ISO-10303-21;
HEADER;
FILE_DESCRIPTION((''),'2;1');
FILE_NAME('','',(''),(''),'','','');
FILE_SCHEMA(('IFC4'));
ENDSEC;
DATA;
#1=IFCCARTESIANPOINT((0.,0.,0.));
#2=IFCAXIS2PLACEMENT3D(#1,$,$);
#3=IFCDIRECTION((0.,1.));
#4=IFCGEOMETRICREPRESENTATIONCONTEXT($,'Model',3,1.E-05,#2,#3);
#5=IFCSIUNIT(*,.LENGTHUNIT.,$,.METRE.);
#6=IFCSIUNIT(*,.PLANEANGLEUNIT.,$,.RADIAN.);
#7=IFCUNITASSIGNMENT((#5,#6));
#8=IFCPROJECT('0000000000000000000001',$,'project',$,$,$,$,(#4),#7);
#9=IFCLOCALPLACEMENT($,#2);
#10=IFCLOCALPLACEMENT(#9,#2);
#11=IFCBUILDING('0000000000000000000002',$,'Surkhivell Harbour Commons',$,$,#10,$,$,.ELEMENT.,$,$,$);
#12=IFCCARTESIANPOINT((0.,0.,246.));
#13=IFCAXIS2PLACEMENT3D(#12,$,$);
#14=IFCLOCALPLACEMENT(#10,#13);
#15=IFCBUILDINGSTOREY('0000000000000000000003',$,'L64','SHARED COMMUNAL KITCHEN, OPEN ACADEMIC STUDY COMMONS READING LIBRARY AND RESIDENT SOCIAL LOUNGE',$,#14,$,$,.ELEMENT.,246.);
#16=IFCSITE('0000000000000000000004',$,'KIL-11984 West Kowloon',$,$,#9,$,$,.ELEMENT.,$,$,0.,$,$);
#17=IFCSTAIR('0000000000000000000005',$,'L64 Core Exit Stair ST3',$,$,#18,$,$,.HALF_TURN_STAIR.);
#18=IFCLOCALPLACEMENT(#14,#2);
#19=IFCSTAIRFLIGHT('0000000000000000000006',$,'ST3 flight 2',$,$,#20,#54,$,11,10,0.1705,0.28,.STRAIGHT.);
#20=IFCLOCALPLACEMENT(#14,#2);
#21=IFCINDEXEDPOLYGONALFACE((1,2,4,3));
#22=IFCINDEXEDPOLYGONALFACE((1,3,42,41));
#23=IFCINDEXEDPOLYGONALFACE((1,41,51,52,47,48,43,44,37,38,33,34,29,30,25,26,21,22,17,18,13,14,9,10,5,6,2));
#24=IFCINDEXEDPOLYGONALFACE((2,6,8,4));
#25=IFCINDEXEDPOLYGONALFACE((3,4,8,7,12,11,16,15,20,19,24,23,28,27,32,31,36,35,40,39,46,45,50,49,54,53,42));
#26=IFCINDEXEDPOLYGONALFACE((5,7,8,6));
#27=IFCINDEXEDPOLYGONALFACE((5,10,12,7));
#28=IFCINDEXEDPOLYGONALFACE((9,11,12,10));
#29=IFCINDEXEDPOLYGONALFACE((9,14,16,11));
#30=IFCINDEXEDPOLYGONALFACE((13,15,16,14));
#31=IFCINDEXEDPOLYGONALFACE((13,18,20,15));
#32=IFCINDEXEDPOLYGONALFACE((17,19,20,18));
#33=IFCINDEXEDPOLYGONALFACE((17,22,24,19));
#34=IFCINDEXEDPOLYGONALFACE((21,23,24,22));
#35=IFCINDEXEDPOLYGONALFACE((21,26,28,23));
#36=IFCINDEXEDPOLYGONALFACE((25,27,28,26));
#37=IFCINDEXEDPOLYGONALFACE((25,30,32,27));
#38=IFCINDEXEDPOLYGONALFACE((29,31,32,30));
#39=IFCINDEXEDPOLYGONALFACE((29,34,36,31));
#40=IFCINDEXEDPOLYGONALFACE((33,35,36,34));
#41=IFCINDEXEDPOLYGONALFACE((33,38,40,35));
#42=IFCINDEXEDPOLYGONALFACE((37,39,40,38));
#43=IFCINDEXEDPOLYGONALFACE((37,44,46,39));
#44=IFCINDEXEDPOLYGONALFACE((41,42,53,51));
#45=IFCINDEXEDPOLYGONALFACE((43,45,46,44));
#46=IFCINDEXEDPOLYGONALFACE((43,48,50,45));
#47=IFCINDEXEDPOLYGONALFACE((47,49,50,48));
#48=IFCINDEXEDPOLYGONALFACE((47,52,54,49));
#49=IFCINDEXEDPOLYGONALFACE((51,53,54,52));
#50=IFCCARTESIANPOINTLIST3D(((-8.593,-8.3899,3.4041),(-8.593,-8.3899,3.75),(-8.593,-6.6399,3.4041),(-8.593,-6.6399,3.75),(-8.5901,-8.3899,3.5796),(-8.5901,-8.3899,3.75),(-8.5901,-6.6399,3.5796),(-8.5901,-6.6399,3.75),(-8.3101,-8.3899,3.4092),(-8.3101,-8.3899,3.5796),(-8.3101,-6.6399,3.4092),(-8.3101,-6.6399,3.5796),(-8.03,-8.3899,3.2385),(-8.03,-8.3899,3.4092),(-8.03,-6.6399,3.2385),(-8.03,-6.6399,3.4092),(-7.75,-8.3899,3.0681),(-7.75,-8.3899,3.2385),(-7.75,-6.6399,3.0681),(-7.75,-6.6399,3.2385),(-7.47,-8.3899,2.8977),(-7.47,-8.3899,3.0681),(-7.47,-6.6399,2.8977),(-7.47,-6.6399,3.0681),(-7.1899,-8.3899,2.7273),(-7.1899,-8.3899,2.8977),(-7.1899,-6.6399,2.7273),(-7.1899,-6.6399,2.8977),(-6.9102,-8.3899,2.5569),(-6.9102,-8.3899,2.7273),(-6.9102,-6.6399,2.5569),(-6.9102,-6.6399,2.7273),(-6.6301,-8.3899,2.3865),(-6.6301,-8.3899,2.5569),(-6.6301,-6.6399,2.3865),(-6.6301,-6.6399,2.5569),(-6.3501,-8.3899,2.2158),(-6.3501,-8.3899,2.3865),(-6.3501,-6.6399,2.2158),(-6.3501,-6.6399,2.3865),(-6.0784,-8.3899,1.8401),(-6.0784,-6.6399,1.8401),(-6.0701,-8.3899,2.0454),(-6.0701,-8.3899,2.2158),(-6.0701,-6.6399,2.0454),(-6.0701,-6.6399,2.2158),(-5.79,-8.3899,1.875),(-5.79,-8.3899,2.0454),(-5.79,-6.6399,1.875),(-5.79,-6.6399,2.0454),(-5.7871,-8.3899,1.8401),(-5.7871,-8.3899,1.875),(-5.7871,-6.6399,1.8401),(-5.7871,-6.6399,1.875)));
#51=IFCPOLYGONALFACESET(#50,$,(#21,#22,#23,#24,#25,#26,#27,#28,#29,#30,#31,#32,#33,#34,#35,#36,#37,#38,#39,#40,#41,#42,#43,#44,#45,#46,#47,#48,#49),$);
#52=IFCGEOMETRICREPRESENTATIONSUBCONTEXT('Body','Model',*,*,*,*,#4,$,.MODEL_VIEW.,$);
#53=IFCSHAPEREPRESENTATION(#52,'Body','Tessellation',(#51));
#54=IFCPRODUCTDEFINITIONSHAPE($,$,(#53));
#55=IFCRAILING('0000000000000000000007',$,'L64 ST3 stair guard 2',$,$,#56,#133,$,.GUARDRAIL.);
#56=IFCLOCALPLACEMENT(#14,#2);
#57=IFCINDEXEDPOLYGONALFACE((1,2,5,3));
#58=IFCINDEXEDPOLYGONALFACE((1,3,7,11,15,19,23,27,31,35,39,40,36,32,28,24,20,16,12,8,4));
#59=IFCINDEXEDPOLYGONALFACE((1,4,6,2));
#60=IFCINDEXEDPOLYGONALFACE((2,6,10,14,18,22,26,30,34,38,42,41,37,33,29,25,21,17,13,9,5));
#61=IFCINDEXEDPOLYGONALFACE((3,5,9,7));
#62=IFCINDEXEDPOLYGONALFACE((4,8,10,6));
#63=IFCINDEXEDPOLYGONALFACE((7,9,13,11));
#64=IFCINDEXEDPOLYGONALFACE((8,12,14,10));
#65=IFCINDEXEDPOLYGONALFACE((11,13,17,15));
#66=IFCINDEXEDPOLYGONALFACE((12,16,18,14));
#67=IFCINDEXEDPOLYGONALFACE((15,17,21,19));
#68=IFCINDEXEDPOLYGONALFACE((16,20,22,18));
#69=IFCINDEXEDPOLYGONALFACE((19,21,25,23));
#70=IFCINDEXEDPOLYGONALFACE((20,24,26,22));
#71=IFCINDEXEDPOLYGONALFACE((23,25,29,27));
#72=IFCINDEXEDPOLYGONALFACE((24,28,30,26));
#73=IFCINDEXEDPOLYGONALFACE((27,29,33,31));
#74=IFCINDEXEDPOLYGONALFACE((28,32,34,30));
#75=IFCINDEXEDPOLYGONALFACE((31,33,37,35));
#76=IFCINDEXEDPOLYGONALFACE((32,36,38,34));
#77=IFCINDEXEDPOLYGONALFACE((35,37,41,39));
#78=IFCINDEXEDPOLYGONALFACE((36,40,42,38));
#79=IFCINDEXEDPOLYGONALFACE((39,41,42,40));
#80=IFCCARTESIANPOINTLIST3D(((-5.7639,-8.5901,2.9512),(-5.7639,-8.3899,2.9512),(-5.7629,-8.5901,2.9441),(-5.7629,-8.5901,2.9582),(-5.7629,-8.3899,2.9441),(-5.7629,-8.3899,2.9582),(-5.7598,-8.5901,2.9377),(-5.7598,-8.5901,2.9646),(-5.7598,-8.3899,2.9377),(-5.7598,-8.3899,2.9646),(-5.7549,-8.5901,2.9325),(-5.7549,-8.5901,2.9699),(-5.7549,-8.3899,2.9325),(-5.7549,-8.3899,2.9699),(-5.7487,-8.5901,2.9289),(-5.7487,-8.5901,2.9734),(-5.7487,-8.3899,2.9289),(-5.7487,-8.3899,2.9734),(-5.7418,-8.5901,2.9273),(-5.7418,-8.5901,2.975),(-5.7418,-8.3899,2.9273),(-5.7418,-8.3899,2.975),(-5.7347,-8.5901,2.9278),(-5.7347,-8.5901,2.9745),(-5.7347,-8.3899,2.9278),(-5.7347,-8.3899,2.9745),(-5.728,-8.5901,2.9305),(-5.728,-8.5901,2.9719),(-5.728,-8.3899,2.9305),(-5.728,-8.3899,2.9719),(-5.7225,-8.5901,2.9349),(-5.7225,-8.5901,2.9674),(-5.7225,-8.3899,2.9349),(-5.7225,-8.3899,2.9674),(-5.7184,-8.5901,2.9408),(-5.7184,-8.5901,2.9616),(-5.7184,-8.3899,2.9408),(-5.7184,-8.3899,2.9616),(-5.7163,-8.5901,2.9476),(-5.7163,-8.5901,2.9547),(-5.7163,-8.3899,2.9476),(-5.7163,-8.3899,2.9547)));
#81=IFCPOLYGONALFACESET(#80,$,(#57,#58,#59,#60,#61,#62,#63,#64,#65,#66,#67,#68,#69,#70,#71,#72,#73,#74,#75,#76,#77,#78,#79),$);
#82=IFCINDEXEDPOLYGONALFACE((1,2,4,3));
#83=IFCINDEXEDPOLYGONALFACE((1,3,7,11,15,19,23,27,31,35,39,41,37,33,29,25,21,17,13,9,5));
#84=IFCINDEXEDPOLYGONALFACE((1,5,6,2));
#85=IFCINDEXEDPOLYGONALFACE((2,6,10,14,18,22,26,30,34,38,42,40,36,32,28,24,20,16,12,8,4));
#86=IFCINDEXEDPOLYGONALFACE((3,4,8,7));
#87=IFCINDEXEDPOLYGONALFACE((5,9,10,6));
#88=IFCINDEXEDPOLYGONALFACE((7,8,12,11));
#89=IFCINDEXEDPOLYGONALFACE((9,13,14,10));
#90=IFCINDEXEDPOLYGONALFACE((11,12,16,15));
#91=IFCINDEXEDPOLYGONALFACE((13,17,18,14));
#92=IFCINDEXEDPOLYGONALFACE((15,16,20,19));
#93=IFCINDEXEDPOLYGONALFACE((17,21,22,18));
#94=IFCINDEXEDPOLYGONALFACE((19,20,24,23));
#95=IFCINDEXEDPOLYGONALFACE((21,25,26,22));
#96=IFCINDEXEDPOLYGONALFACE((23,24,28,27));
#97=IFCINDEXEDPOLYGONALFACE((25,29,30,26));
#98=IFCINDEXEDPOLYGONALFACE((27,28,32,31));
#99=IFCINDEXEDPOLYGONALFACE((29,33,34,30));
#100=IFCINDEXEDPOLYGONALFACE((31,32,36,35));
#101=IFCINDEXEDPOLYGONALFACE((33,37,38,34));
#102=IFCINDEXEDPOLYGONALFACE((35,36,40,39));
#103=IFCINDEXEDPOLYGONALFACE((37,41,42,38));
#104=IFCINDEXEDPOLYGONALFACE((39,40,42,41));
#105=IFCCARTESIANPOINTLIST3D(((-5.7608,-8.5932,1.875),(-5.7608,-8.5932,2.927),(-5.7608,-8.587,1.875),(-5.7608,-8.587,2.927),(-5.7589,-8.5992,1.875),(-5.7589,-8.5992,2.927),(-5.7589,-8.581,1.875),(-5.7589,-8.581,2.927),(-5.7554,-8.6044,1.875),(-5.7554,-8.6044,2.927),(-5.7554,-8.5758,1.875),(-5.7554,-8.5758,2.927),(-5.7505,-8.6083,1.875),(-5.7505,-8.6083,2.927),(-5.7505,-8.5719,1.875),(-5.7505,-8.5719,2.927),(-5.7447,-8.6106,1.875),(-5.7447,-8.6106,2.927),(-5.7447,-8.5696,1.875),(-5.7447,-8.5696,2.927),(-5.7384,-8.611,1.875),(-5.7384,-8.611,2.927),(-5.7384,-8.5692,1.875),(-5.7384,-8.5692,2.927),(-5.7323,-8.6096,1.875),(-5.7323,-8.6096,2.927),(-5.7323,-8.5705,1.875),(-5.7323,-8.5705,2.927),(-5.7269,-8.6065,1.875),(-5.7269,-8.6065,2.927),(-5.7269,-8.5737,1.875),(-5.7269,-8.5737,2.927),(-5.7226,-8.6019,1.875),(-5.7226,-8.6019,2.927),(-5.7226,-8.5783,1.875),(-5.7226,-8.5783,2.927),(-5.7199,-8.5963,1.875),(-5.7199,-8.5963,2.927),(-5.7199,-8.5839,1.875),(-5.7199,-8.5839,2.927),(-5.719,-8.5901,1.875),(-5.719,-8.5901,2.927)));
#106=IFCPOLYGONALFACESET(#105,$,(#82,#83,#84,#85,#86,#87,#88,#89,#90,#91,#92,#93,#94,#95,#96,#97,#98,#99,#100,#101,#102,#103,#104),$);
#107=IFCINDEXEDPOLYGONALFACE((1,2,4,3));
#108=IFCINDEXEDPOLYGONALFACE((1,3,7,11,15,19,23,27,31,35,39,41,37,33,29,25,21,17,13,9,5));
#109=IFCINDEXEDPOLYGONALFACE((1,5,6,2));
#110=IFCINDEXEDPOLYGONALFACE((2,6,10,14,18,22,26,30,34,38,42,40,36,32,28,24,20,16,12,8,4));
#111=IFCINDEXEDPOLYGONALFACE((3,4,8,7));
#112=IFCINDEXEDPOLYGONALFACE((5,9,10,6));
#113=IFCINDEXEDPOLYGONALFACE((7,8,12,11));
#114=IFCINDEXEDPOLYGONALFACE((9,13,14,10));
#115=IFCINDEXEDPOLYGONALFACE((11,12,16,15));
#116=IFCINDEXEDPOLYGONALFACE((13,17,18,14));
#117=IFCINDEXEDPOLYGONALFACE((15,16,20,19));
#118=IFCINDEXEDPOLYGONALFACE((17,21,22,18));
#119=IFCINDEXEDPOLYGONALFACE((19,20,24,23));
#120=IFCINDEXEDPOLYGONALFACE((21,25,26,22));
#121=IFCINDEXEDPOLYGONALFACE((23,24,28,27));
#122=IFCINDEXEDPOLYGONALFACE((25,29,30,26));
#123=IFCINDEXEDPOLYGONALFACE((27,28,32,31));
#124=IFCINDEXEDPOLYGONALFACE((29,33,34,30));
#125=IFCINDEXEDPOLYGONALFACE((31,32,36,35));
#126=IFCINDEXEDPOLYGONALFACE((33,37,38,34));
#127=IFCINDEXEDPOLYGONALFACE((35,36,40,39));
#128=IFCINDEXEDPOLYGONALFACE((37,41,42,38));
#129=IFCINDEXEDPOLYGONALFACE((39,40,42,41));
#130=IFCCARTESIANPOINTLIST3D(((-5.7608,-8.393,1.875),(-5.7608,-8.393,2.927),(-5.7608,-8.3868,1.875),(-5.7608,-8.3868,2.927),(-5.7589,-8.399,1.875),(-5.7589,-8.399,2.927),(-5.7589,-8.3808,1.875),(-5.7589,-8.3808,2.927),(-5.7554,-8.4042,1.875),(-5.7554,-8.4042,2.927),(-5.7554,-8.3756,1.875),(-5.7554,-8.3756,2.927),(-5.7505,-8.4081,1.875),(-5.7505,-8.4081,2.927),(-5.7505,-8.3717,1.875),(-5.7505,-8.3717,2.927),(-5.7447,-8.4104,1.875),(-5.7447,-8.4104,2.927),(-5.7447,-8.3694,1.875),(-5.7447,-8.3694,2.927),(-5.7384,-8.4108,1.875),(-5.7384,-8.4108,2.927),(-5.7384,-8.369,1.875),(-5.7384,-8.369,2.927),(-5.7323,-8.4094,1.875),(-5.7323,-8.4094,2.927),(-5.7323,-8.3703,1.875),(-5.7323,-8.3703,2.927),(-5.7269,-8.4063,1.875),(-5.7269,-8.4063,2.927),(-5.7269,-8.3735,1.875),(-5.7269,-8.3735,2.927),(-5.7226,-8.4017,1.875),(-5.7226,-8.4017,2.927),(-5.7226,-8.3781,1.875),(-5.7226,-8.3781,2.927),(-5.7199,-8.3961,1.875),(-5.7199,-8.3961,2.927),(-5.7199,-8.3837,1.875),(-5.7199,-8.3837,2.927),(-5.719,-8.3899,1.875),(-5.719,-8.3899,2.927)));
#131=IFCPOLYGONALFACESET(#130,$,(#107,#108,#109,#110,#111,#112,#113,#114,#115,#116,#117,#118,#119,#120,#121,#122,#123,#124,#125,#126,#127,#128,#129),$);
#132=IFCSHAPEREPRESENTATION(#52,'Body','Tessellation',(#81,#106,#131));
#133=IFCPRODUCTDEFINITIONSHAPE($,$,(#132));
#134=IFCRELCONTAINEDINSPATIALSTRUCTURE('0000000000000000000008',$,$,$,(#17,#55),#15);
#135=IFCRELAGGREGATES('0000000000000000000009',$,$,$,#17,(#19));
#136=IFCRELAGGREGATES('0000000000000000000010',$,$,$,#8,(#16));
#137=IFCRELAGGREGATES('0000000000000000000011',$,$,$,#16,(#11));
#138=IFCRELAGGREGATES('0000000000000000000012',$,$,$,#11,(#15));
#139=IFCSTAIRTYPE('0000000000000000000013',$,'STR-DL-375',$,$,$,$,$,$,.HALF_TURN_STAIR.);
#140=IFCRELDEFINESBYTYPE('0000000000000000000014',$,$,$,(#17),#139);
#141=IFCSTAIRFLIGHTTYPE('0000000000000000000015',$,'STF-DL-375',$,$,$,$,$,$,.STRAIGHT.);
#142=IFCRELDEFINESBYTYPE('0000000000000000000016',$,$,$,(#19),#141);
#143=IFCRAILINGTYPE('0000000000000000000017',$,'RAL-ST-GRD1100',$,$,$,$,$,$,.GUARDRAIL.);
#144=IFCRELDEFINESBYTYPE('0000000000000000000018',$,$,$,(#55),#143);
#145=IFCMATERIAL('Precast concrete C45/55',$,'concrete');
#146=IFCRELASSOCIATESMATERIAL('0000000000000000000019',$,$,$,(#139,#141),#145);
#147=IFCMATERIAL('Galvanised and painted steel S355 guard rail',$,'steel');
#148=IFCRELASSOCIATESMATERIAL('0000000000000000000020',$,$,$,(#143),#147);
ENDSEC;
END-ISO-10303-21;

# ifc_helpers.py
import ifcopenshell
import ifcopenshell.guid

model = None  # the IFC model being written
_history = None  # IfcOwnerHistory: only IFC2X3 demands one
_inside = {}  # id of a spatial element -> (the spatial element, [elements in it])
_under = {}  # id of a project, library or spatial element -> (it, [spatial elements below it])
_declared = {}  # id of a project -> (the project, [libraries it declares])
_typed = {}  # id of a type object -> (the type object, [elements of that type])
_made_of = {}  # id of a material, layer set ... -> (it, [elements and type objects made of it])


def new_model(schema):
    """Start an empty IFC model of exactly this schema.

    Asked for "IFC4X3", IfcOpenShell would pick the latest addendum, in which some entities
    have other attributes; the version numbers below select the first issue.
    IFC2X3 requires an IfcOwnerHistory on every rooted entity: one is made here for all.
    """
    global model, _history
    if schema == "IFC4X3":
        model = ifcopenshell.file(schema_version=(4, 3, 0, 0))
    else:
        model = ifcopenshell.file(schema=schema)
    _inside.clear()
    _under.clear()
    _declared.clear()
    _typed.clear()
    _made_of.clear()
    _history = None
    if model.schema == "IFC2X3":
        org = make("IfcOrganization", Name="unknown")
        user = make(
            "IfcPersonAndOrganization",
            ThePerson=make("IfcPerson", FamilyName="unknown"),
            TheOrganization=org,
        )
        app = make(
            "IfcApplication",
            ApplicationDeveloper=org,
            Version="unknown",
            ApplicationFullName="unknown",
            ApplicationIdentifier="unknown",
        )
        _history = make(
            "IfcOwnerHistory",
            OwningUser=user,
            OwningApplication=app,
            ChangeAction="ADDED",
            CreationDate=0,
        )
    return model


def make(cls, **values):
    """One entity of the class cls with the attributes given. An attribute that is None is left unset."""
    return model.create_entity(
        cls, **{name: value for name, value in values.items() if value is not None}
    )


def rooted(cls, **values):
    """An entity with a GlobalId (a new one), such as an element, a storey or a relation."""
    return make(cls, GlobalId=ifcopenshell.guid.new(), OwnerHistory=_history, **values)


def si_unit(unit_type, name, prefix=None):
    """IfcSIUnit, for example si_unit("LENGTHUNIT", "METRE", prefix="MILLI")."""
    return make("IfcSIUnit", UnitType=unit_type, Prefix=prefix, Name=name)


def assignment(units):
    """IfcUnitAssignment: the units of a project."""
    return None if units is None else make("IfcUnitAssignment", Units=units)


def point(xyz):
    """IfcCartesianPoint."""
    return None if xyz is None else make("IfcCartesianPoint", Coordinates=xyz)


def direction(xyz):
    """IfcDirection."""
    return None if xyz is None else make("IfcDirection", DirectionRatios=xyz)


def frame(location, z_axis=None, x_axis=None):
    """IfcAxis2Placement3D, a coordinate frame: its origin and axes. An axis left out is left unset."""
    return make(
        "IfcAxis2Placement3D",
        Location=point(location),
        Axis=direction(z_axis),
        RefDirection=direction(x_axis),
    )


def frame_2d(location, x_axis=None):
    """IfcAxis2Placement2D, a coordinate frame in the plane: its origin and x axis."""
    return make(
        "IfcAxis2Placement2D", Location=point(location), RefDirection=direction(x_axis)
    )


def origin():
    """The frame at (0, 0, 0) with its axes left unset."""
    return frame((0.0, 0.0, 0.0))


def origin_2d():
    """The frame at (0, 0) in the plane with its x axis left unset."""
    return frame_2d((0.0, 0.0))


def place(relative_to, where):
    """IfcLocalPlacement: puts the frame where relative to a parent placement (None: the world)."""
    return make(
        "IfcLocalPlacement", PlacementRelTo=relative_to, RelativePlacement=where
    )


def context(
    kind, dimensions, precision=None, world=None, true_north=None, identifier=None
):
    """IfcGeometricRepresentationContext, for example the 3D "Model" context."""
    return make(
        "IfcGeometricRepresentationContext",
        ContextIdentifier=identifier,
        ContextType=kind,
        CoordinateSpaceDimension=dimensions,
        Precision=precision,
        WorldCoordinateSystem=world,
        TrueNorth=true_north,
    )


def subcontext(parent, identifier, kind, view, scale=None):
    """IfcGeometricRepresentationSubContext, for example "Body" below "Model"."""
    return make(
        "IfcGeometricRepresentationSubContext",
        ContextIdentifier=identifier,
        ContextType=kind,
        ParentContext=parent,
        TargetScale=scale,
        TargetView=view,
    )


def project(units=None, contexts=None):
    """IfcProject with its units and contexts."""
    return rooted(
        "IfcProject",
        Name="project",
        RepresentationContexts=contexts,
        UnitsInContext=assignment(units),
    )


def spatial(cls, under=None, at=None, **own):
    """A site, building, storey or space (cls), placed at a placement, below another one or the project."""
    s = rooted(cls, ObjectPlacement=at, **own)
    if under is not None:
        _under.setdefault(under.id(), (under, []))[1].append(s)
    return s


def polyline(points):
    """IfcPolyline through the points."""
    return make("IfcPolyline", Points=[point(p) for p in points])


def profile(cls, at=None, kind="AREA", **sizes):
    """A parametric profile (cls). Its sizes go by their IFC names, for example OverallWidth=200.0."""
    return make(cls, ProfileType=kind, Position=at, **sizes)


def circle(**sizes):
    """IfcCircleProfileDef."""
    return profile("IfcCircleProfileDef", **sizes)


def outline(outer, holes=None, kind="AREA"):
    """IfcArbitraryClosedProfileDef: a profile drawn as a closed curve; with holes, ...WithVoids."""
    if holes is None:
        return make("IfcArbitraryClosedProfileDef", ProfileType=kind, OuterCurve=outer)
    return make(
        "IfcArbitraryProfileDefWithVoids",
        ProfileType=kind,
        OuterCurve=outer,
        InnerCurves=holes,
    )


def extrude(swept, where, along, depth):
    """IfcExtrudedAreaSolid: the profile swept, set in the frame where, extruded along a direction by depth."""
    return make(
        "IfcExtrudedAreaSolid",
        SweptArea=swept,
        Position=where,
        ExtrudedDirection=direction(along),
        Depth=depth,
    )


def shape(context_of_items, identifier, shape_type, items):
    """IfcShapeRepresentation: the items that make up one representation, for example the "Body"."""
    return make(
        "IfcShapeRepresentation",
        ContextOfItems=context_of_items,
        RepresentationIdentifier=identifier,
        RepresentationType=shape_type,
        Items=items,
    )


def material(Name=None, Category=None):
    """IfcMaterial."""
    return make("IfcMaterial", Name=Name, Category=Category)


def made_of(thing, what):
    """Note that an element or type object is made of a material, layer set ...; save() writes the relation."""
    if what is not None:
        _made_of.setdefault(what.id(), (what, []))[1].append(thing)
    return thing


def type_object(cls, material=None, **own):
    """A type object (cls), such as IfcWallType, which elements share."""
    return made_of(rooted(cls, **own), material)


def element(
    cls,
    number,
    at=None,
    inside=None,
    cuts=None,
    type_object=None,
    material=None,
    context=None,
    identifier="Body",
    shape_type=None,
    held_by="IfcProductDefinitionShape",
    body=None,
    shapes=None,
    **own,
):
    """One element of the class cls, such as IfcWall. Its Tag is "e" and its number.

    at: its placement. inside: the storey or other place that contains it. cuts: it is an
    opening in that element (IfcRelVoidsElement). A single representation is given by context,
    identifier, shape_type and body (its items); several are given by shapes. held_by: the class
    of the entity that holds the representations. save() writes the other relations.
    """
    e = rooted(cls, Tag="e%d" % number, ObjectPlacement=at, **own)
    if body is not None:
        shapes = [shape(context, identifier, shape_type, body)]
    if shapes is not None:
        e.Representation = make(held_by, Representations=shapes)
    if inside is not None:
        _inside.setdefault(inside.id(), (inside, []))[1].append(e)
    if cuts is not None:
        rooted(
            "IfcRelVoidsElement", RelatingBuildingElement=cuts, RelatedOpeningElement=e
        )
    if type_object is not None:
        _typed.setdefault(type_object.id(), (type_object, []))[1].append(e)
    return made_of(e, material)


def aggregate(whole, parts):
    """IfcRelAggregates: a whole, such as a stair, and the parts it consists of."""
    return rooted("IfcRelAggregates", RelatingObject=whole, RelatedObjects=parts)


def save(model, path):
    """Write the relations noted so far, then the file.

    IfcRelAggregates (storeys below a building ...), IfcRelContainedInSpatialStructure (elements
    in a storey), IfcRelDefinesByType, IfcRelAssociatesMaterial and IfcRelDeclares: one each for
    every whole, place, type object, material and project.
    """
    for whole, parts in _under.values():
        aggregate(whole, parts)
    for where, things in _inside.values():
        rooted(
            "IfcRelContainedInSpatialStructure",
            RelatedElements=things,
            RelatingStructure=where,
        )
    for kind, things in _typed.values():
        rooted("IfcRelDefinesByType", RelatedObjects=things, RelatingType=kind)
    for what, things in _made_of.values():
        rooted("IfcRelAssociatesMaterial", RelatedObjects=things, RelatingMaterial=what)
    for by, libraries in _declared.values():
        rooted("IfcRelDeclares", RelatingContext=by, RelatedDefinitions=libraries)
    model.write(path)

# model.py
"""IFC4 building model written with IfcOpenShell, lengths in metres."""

from ifc_helpers import new_model, si_unit, direction, frame, origin, origin_2d, place, context, subcontext, project, spatial, polyline, circle, outline, extrude, material, type_object, element, aggregate, save


model = new_model("IFC4")

# Units and contexts
model_context = context("Model", 3, precision=1e-05, world=origin(), true_north=direction((0.0, 1.0)))
body_context = subcontext(model_context, "Body", "Model", "MODEL_VIEW")
ifc_project = project(units=[si_unit("LENGTHUNIT", "METRE"), si_unit("PLANEANGLEUNIT", "RADIAN")], contexts=[model_context])

# Site, building, storey
site_placement = place(None, origin())
site = spatial("IfcSite", under=ifc_project, at=site_placement, Name="KIL-11984 West Kowloon", CompositionType="ELEMENT", RefElevation=0.0)
building_placement = place(site_placement, origin())
building = spatial("IfcBuilding", under=site, at=building_placement, Name="Surkhivell Harbour Commons", CompositionType="ELEMENT")
storey_placement = place(building_placement, frame((0.0, 0.0, 246.0)))
storey = spatial("IfcBuildingStorey", under=building, at=storey_placement, Name="L64", Description="SHARED COMMUNAL KITCHEN, OPEN ACADEMIC STUDY COMMONS READING LIBRARY AND RESIDENT SOCIAL LOUNGE", CompositionType="ELEMENT", Elevation=246.0)

# Stair, stair flight
ifc_material_1 = material(Name="Precast concrete C45/55", Category="concrete")
stair_type = type_object("IfcStairType", Name="STR-DL-375", PredefinedType="HALF_TURN_STAIR", material=ifc_material_1)
stair_placement = place(storey_placement, origin())
stair = element("IfcStair", 1, at=stair_placement, inside=storey, type_object=stair_type, Name="L64 Core Exit Stair ST3", PredefinedType="HALF_TURN_STAIR")
stair_flight_type = type_object("IfcStairFlightType", Name="STF-DL-375", PredefinedType="STRAIGHT", material=ifc_material_1)
stair_flight_placement = place(storey_placement, frame((-5.79, -7.5149, 1.875), z_axis=(0.0, 0.0, 1.0), x_axis=(-1.0, 0.0, 0.0)))
stair_flight = element("IfcStairFlight", 2, at=stair_flight_placement, type_object=stair_flight_type, Name="ST3 flight 2", NumberOfRisers=11, NumberOfTreads=10, PredefinedType="STRAIGHT", RiserHeight=0.1705, TreadLength=0.28, context=body_context, shape_type="SweptSolid", body=[
    extrude(outline(polyline([(-0.0029, -0.0349), (-0.0029, 0.0), (0.0, 0.0), (0.0, 0.1704), (0.28, 0.1704), (0.28, 0.3408), (0.5601, 0.3408), (0.5601, 0.5115), (0.8401, 0.5115), (0.8401, 0.6819), (1.1201, 0.6819), (1.1201, 0.8523), (1.3999, 0.8523), (1.3999, 1.0227), (1.6799, 1.0227), (1.6799, 1.1931), (1.96, 1.1931), (1.96, 1.3635), (2.24, 1.3635), (2.24, 1.5342), (2.52, 1.5342), (2.52, 1.7046), (2.8, 1.7046), (2.8, 1.875), (2.803, 1.875), (2.803, 1.5291), (0.2883, -0.0349), (-0.0029, -0.0349)])), frame((0.0, 0.875, 0.0), z_axis=(0.0, -1.0, 0.0), x_axis=(1.0, 0.0, 0.0)), (0.0, 0.0, 1.0), 1.75),
])
aggregate(stair, [stair_flight])

# Railing
ifc_material_2 = material(Name="Galvanised and painted steel S355 guard rail", Category="steel")
railing_type_1 = type_object("IfcRailingType", Name="RAL-ST-GRD1100", PredefinedType="GUARDRAIL", material=ifc_material_2)
railing_1_placement = place(storey_placement, frame((-5.74, -8.5901, 1.875)))
element("IfcRailing", 3, at=railing_1_placement, inside=storey, type_object=railing_type_1, Name="L64 ST3 stair guard 2", PredefinedType="GUARDRAIL", context=body_context, shape_type="SweptSolid", body=[
    extrude(circle(Radius=0.0239, at=origin_2d()), frame((0.0, 0.0, 1.0762), z_axis=(0.0, 1.0, 0.0), x_axis=(-1.0, 0.0, 0.0)), (0.0, 0.0, 1.0), 0.2002),
    extrude(circle(Radius=0.021, at=origin_2d()), origin(), (0.0, 0.0, 1.0), 1.052),
    extrude(circle(Radius=0.021, at=origin_2d()), frame((0.0, 0.2002, 0.0)), (0.0, 0.0, 1.0), 1.052),
])

save(model, "model.ifc")
